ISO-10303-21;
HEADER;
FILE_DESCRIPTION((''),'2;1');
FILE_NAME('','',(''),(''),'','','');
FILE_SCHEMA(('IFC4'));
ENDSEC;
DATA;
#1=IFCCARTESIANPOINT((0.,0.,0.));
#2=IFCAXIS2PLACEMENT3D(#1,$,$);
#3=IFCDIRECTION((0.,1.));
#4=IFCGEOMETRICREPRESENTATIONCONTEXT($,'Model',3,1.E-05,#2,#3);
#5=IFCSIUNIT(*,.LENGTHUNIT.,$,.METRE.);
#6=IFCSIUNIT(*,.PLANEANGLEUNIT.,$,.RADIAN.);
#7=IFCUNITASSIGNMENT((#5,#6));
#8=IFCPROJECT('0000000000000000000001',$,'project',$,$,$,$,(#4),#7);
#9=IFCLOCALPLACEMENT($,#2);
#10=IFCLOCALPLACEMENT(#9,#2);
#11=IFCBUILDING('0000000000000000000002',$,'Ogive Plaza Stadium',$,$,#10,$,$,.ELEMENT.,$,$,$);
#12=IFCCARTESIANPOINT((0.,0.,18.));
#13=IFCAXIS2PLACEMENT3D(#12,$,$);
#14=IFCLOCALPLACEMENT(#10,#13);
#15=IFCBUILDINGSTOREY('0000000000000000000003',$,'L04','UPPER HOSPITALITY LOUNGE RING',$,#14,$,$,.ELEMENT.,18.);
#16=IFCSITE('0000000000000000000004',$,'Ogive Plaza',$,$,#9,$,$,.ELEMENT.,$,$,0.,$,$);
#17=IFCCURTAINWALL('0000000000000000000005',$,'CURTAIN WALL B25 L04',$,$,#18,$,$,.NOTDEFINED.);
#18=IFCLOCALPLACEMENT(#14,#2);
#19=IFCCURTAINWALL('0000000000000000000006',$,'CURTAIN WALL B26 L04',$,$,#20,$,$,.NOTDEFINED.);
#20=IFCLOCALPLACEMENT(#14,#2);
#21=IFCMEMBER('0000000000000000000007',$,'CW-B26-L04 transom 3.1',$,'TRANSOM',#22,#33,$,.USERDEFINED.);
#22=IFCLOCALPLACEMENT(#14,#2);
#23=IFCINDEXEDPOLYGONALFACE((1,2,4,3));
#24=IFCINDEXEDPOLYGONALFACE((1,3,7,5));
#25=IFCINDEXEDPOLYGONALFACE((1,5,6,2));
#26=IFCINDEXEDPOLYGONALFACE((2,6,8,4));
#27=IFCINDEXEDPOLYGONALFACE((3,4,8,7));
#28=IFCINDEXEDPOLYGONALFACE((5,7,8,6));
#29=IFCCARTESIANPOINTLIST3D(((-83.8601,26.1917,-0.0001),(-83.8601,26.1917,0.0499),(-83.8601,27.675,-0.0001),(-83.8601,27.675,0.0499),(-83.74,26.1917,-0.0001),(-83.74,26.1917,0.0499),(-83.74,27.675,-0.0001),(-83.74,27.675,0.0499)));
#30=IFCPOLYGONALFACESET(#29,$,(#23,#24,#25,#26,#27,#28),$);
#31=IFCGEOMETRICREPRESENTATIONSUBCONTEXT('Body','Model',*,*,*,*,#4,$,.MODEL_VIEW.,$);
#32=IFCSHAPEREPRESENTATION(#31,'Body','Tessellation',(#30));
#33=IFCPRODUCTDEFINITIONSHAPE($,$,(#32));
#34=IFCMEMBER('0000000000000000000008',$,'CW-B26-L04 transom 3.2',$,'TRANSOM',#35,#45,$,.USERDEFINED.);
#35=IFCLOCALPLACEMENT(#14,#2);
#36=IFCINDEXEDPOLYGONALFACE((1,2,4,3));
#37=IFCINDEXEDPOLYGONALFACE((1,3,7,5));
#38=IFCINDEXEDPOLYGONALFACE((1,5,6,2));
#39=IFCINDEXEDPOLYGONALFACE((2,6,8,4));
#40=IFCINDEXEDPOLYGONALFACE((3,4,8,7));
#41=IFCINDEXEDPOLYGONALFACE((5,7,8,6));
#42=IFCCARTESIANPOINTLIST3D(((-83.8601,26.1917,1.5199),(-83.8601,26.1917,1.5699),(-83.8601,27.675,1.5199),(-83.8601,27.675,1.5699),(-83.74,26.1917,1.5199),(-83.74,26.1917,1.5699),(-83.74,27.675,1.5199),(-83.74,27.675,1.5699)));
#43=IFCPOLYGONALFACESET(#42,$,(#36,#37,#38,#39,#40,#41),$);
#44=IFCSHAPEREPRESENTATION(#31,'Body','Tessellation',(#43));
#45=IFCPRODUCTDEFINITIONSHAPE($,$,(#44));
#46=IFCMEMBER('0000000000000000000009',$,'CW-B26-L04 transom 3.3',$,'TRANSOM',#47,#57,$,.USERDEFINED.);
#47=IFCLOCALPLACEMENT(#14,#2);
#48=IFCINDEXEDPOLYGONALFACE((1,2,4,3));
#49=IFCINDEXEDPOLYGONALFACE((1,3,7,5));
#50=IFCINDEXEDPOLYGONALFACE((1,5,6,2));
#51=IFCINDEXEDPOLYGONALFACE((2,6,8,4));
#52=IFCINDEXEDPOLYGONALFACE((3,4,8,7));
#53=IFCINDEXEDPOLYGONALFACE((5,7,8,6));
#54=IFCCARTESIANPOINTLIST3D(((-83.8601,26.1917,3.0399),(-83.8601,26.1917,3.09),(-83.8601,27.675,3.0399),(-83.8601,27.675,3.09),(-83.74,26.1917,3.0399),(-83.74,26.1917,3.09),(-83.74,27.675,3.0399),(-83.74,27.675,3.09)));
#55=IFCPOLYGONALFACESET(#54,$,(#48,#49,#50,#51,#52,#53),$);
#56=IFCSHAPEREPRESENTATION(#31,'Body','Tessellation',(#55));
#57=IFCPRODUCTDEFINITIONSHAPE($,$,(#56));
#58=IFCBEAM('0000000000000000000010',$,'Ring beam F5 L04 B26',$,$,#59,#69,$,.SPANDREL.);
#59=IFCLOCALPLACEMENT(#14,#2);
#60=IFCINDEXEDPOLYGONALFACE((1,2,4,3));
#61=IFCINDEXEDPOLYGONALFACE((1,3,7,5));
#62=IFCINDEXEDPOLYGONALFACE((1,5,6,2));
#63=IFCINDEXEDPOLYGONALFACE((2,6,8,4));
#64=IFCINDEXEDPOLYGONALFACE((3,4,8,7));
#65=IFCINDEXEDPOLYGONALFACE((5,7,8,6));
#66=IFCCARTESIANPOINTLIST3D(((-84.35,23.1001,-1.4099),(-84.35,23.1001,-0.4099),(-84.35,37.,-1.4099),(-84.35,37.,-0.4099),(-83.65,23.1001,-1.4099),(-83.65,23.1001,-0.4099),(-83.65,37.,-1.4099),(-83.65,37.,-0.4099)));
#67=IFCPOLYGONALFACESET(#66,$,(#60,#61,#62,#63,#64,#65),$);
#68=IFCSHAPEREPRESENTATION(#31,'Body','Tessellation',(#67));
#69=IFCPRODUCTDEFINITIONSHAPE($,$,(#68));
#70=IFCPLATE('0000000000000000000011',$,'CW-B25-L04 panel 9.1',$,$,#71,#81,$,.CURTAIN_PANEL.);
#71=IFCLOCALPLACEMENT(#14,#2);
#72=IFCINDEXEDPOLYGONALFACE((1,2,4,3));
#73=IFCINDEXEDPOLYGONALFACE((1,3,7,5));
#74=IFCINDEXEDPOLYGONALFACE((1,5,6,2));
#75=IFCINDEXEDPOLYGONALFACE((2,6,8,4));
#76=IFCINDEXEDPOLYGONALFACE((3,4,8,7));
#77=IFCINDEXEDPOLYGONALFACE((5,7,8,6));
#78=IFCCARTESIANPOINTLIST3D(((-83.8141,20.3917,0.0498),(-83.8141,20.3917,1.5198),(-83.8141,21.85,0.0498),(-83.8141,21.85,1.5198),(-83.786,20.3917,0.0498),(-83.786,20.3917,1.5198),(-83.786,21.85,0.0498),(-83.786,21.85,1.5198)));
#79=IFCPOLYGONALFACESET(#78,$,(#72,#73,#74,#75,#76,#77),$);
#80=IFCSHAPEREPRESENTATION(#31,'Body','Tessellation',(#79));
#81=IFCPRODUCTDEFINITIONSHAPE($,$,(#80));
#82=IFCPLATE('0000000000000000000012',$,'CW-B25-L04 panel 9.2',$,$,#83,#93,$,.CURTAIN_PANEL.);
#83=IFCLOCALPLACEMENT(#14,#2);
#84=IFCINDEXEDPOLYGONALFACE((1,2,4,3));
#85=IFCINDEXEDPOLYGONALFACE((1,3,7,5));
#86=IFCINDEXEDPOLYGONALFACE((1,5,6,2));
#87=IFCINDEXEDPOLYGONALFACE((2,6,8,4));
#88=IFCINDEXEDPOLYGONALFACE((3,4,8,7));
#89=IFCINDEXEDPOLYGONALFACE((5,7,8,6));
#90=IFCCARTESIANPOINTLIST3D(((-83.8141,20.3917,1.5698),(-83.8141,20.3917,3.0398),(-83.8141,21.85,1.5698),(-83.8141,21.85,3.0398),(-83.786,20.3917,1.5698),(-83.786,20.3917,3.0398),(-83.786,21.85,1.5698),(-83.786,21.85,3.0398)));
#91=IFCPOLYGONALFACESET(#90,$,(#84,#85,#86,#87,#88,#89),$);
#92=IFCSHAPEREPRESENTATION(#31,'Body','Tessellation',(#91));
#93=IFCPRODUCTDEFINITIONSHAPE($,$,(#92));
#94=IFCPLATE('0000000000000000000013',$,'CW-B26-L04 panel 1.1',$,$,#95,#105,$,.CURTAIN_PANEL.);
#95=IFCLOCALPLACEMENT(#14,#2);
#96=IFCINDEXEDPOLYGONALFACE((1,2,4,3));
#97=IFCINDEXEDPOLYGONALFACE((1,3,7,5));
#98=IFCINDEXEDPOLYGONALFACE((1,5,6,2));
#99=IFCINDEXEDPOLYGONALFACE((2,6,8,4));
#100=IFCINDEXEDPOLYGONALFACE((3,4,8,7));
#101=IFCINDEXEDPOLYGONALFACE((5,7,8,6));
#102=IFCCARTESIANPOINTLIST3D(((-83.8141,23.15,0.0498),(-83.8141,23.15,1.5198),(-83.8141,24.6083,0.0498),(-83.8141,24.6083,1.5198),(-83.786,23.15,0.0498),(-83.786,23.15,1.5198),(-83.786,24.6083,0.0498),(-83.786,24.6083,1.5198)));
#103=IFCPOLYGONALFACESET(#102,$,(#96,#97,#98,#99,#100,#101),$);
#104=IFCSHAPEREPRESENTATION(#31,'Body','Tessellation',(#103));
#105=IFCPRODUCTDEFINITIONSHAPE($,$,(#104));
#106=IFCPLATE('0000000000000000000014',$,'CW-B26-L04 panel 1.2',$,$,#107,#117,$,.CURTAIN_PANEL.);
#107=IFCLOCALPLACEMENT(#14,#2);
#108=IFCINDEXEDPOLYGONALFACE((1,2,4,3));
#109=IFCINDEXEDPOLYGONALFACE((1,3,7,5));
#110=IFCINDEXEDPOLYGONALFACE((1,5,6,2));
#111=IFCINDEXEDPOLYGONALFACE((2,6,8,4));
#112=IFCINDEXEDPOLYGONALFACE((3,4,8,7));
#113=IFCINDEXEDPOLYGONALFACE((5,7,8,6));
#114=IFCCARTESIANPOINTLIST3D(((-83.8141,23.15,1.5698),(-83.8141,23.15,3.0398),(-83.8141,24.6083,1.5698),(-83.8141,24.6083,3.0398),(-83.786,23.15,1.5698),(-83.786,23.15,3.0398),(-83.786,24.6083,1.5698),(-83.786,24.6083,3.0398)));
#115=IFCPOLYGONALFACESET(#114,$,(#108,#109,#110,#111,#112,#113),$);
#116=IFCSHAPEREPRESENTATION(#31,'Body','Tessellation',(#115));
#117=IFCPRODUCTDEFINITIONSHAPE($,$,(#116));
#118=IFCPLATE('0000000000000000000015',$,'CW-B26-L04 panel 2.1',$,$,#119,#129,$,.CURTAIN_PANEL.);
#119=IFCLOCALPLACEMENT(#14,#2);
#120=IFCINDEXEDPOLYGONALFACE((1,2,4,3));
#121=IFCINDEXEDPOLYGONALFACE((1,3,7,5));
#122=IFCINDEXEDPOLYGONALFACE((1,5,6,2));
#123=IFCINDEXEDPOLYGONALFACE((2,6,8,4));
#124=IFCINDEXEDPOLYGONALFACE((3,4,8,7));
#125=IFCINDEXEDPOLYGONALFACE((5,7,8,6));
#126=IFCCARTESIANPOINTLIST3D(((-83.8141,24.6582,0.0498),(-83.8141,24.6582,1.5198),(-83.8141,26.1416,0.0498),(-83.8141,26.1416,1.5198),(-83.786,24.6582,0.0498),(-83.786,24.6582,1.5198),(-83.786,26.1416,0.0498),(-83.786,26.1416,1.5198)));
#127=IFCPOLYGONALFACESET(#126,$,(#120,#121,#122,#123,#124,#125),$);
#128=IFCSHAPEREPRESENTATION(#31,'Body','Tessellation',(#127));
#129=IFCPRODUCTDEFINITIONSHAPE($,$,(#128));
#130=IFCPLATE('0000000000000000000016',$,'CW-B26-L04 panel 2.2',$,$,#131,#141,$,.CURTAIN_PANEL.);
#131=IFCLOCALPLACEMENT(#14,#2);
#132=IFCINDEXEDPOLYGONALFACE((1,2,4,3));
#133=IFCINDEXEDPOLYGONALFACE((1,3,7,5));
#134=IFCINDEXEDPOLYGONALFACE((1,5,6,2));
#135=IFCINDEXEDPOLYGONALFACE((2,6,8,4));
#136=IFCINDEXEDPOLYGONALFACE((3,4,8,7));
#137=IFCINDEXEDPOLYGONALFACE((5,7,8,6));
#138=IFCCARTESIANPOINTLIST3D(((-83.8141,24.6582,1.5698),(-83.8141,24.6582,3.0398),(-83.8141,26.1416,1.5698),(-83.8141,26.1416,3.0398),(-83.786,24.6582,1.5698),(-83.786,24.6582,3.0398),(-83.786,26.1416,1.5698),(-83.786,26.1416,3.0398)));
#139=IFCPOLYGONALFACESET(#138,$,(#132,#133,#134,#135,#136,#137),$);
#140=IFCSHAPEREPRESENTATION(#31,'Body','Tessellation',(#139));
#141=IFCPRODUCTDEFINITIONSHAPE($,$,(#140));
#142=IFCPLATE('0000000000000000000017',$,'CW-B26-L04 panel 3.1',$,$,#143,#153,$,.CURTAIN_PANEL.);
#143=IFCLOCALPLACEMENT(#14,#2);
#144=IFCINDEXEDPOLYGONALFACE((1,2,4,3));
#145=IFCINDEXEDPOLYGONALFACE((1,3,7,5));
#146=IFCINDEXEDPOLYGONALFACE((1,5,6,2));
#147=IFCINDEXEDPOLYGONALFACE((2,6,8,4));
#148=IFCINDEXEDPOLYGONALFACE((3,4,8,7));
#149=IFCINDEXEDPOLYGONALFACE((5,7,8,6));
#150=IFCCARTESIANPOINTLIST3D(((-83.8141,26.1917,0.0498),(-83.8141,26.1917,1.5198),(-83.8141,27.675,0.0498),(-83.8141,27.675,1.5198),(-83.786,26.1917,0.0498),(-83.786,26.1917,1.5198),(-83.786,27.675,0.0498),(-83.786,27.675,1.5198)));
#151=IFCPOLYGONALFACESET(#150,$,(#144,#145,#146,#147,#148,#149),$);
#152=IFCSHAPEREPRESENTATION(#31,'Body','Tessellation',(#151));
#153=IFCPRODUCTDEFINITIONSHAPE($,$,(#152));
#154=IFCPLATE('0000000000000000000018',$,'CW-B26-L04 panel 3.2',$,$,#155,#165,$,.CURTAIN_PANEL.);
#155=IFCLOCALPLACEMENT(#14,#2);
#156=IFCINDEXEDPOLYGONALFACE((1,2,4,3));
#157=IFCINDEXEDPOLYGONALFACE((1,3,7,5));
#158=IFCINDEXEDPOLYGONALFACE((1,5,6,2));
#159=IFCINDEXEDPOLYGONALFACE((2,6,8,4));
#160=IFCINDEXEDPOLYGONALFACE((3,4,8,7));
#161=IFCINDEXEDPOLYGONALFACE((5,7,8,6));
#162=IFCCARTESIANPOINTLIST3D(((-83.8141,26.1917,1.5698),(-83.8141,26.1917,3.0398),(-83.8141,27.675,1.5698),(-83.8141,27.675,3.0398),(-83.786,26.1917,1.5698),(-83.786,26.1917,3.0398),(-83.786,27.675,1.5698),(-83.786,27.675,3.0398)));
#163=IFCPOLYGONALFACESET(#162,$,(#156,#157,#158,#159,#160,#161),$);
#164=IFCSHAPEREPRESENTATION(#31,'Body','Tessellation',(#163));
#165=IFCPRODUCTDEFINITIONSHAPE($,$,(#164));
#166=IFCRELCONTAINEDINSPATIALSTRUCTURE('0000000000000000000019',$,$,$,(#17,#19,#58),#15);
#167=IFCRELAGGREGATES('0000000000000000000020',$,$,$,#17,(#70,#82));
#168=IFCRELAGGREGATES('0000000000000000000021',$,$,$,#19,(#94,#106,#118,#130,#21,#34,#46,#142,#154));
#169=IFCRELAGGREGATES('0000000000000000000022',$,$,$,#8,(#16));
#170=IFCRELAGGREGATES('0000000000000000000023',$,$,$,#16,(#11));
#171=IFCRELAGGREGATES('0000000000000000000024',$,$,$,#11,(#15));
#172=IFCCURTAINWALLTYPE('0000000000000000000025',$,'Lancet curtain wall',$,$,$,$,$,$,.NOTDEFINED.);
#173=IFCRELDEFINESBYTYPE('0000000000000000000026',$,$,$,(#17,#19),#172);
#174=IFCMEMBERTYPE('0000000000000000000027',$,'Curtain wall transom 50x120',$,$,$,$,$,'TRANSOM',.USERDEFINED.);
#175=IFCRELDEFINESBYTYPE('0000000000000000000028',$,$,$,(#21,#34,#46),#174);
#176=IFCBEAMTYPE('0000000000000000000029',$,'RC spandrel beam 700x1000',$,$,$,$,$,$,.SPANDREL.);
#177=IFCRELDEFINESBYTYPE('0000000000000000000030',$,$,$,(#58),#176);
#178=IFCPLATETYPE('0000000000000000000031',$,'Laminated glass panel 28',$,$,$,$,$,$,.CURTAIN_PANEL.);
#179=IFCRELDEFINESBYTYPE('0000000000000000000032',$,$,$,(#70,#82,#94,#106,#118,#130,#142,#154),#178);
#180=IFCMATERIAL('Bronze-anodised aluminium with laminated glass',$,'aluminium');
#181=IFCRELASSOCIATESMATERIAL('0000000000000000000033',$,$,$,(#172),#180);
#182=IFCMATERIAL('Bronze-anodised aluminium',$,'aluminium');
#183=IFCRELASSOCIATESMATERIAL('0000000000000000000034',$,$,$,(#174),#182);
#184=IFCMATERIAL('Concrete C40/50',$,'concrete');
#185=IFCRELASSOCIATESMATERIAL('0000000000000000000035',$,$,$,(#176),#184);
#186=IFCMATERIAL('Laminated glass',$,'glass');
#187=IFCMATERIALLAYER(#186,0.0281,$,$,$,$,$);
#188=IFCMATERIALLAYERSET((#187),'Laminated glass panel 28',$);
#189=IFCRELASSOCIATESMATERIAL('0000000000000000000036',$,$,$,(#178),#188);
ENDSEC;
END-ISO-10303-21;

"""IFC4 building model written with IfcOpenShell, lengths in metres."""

from ifc_helpers import new_model, si_unit, direction, frame, origin, origin_2d, place, context, subcontext, project, spatial, rectangle, extrude, material, layer, layer_set, material_profile, profile_set, type_object, element, aggregate, save


model = new_model("IFC4")

# Units and contexts
model_context = context("Model", 3, precision=1e-05, world=origin(), true_north=direction((0.0, 1.0)))
body_context = subcontext(model_context, "Body", "Model", "MODEL_VIEW")
ifc_project = project(units=[si_unit("LENGTHUNIT", "METRE"), si_unit("PLANEANGLEUNIT", "RADIAN")], contexts=[model_context])

# Site, building, storey
site_placement = place(None, origin())
site = spatial("IfcSite", under=ifc_project, at=site_placement, Name="Ogive Plaza", CompositionType="ELEMENT", RefElevation=0.0)
building_placement = place(site_placement, origin())
building = spatial("IfcBuilding", under=site, at=building_placement, Name="Ogive Plaza Stadium", CompositionType="ELEMENT")
storey_placement = place(building_placement, frame((0.0, 0.0, 18.0)))
storey = spatial("IfcBuildingStorey", under=building, at=storey_placement, Name="L04", Description="UPPER HOSPITALITY LOUNGE RING", CompositionType="ELEMENT", Elevation=18.0)

# Curtain wall
ifc_material_1 = material(Name="Bronze-anodised aluminium with laminated glass", Category="aluminium")
curtain_wall_type = type_object("IfcCurtainWallType", Name="Lancet curtain wall", PredefinedType="NOTDEFINED", material=ifc_material_1)
curtain_wall_1_placement = place(storey_placement, origin())
curtain_wall_1 = element("IfcCurtainWall", 1, at=curtain_wall_1_placement, inside=storey, type_object=curtain_wall_type, Name="CURTAIN WALL B25 L04", PredefinedType="NOTDEFINED")

# Curtain wall
curtain_wall_2_placement = place(storey_placement, origin())
curtain_wall_2 = element("IfcCurtainWall", 2, at=curtain_wall_2_placement, inside=storey, type_object=curtain_wall_type, Name="CURTAIN WALL B26 L04", PredefinedType="NOTDEFINED")

# Members
ifc_material_2 = material(Name="Bronze-anodised aluminium", Category="aluminium")
ifc_material_profile_1 = material_profile(ifc_material_2, rectangle(XDim=0.1201, YDim=0.05, at=origin_2d()), Name="AL 120x50")
ifc_profile_set_1 = profile_set([ifc_material_profile_1], Name="Bronze-anodised aluminium")
member_type_1 = type_object("IfcMemberType", Name="Curtain wall transom 50x120", ElementType="TRANSOM", PredefinedType="USERDEFINED", material=ifc_profile_set_1)
member_1_placement = place(storey_placement, frame((-83.8, 26.1917, 0.0249), z_axis=(0.0, 1.0, 0.0), x_axis=(-1.0, 0.0, 0.0)))
member_1 = element("IfcMember", 3, at=member_1_placement, type_object=member_type_1, Name="CW-B26-L04 transom 3.1", ObjectType="TRANSOM", PredefinedType="USERDEFINED", context=body_context, shape_type="SweptSolid", body=[
    extrude(rectangle(XDim=0.1201, YDim=0.05, at=origin_2d()), origin(), (0.0, 0.0, 1.0), 1.4834),
])
member_2_placement = place(storey_placement, frame((-83.8, 26.1917, 1.5449), z_axis=(0.0, 1.0, 0.0), x_axis=(-1.0, 0.0, 0.0)))
member_2 = element("IfcMember", 4, at=member_2_placement, type_object=member_type_1, Name="CW-B26-L04 transom 3.2", ObjectType="TRANSOM", PredefinedType="USERDEFINED", context=body_context, shape_type="SweptSolid", body=[
    extrude(rectangle(XDim=0.1201, YDim=0.05, at=origin_2d()), origin(), (0.0, 0.0, 1.0), 1.4834),
])
member_3_placement = place(storey_placement, frame((-83.8, 26.1917, 3.0649), z_axis=(0.0, 1.0, 0.0), x_axis=(-1.0, 0.0, 0.0)))
member_3 = element("IfcMember", 5, at=member_3_placement, type_object=member_type_1, Name="CW-B26-L04 transom 3.3", ObjectType="TRANSOM", PredefinedType="USERDEFINED", context=body_context, shape_type="SweptSolid", body=[
    extrude(rectangle(XDim=0.1201, YDim=0.05, at=origin_2d()), origin(), (0.0, 0.0, 1.0), 1.4834),
])

# Beam
ifc_material_3 = material(Name="Concrete C40/50", Category="concrete")
ifc_material_profile_2 = material_profile(ifc_material_3, rectangle(XDim=0.7, YDim=1.0, at=origin_2d()), Name="RC 700x1000")
ifc_profile_set_2 = profile_set([ifc_material_profile_2], Name="Concrete C40/50")
beam_type = type_object("IfcBeamType", Name="RC spandrel beam 700x1000", PredefinedType="SPANDREL", material=ifc_profile_set_2)
beam_placement = place(storey_placement, frame((-84.0, 23.1001, -0.9099), z_axis=(0.0, 1.0, 0.0), x_axis=(-1.0, 0.0, 0.0)))
element("IfcBeam", 6, at=beam_placement, inside=storey, type_object=beam_type, Name="Ring beam F5 L04 B26", PredefinedType="SPANDREL", context=body_context, shape_type="SweptSolid", body=[
    extrude(rectangle(XDim=0.7, YDim=1.0, at=origin_2d()), origin(), (0.0, 0.0, 1.0), 13.8999),
])

# Plates
ifc_material_4 = material(Name="Laminated glass", Category="glass")
ifc_layer = layer(ifc_material_4, 0.0281)
ifc_layer_set = layer_set([ifc_layer], Name="Laminated glass panel 28")
plate_type = type_object("IfcPlateType", Name="Laminated glass panel 28", PredefinedType="CURTAIN_PANEL", material=ifc_layer_set)
plate_1_placement = place(storey_placement, frame((-83.8, 21.1208, 0.0498), z_axis=(0.0, 0.0, 1.0), x_axis=(0.0, 1.0, 0.0)))
plate_1 = element("IfcPlate", 7, at=plate_1_placement, type_object=plate_type, Name="CW-B25-L04 panel 9.1", PredefinedType="CURTAIN_PANEL", context=body_context, shape_type="SweptSolid", body=[
    extrude(rectangle(XDim=1.4583, YDim=0.0281, at=origin_2d()), origin(), (0.0, 0.0, 1.0), 1.47),
])
plate_2_placement = place(storey_placement, frame((-83.8, 21.1208, 1.5698), z_axis=(0.0, 0.0, 1.0), x_axis=(0.0, 1.0, 0.0)))
plate_2 = element("IfcPlate", 8, at=plate_2_placement, type_object=plate_type, Name="CW-B25-L04 panel 9.2", PredefinedType="CURTAIN_PANEL", context=body_context, shape_type="SweptSolid", body=[
    extrude(rectangle(XDim=1.4583, YDim=0.0281, at=origin_2d()), origin(), (0.0, 0.0, 1.0), 1.47),
])
aggregate(curtain_wall_1, [plate_1, plate_2])
plate_3_placement = place(storey_placement, frame((-83.8, 23.8792, 0.0498), z_axis=(0.0, 0.0, 1.0), x_axis=(0.0, 1.0, 0.0)))
plate_3 = element("IfcPlate", 9, at=plate_3_placement, type_object=plate_type, Name="CW-B26-L04 panel 1.1", PredefinedType="CURTAIN_PANEL", context=body_context, shape_type="SweptSolid", body=[
    extrude(rectangle(XDim=1.4583, YDim=0.0281, at=origin_2d()), origin(), (0.0, 0.0, 1.0), 1.47),
])
plate_4_placement = place(storey_placement, frame((-83.8, 23.8792, 1.5698), z_axis=(0.0, 0.0, 1.0), x_axis=(0.0, 1.0, 0.0)))
plate_4 = element("IfcPlate", 10, at=plate_4_placement, type_object=plate_type, Name="CW-B26-L04 panel 1.2", PredefinedType="CURTAIN_PANEL", context=body_context, shape_type="SweptSolid", body=[
    extrude(rectangle(XDim=1.4583, YDim=0.0281, at=origin_2d()), origin(), (0.0, 0.0, 1.0), 1.47),
])
plate_5_placement = place(storey_placement, frame((-83.8, 25.3999, 0.0498), z_axis=(0.0, 0.0, 1.0), x_axis=(0.0, 1.0, 0.0)))
plate_5 = element("IfcPlate", 11, at=plate_5_placement, type_object=plate_type, Name="CW-B26-L04 panel 2.1", PredefinedType="CURTAIN_PANEL", context=body_context, shape_type="SweptSolid", body=[
    extrude(rectangle(XDim=1.4834, YDim=0.0281, at=origin_2d()), origin(), (0.0, 0.0, 1.0), 1.47),
])
plate_6_placement = place(storey_placement, frame((-83.8, 25.3999, 1.5698), z_axis=(0.0, 0.0, 1.0), x_axis=(0.0, 1.0, 0.0)))
plate_6 = element("IfcPlate", 12, at=plate_6_placement, type_object=plate_type, Name="CW-B26-L04 panel 2.2", PredefinedType="CURTAIN_PANEL", context=body_context, shape_type="SweptSolid", body=[
    extrude(rectangle(XDim=1.4834, YDim=0.0281, at=origin_2d()), origin(), (0.0, 0.0, 1.0), 1.47),
])
plate_7_placement = place(storey_placement, frame((-83.8, 26.9333, 0.0498), z_axis=(0.0, 0.0, 1.0), x_axis=(0.0, 1.0, 0.0)))
plate_7 = element("IfcPlate", 13, at=plate_7_placement, type_object=plate_type, Name="CW-B26-L04 panel 3.1", PredefinedType="CURTAIN_PANEL", context=body_context, shape_type="SweptSolid", body=[
    extrude(rectangle(XDim=1.4834, YDim=0.0281, at=origin_2d()), origin(), (0.0, 0.0, 1.0), 1.47),
])
plate_8_placement = place(storey_placement, frame((-83.8, 26.9333, 1.5698), z_axis=(0.0, 0.0, 1.0), x_axis=(0.0, 1.0, 0.0)))
plate_8 = element("IfcPlate", 14, at=plate_8_placement, type_object=plate_type, Name="CW-B26-L04 panel 3.2", PredefinedType="CURTAIN_PANEL", context=body_context, shape_type="SweptSolid", body=[
    extrude(rectangle(XDim=1.4834, YDim=0.0281, at=origin_2d()), origin(), (0.0, 0.0, 1.0), 1.47),
])
aggregate(curtain_wall_2, [plate_3, plate_4, plate_5, plate_6, member_1, member_2, member_3, plate_7, plate_8])

save(model, "model.ifc")
